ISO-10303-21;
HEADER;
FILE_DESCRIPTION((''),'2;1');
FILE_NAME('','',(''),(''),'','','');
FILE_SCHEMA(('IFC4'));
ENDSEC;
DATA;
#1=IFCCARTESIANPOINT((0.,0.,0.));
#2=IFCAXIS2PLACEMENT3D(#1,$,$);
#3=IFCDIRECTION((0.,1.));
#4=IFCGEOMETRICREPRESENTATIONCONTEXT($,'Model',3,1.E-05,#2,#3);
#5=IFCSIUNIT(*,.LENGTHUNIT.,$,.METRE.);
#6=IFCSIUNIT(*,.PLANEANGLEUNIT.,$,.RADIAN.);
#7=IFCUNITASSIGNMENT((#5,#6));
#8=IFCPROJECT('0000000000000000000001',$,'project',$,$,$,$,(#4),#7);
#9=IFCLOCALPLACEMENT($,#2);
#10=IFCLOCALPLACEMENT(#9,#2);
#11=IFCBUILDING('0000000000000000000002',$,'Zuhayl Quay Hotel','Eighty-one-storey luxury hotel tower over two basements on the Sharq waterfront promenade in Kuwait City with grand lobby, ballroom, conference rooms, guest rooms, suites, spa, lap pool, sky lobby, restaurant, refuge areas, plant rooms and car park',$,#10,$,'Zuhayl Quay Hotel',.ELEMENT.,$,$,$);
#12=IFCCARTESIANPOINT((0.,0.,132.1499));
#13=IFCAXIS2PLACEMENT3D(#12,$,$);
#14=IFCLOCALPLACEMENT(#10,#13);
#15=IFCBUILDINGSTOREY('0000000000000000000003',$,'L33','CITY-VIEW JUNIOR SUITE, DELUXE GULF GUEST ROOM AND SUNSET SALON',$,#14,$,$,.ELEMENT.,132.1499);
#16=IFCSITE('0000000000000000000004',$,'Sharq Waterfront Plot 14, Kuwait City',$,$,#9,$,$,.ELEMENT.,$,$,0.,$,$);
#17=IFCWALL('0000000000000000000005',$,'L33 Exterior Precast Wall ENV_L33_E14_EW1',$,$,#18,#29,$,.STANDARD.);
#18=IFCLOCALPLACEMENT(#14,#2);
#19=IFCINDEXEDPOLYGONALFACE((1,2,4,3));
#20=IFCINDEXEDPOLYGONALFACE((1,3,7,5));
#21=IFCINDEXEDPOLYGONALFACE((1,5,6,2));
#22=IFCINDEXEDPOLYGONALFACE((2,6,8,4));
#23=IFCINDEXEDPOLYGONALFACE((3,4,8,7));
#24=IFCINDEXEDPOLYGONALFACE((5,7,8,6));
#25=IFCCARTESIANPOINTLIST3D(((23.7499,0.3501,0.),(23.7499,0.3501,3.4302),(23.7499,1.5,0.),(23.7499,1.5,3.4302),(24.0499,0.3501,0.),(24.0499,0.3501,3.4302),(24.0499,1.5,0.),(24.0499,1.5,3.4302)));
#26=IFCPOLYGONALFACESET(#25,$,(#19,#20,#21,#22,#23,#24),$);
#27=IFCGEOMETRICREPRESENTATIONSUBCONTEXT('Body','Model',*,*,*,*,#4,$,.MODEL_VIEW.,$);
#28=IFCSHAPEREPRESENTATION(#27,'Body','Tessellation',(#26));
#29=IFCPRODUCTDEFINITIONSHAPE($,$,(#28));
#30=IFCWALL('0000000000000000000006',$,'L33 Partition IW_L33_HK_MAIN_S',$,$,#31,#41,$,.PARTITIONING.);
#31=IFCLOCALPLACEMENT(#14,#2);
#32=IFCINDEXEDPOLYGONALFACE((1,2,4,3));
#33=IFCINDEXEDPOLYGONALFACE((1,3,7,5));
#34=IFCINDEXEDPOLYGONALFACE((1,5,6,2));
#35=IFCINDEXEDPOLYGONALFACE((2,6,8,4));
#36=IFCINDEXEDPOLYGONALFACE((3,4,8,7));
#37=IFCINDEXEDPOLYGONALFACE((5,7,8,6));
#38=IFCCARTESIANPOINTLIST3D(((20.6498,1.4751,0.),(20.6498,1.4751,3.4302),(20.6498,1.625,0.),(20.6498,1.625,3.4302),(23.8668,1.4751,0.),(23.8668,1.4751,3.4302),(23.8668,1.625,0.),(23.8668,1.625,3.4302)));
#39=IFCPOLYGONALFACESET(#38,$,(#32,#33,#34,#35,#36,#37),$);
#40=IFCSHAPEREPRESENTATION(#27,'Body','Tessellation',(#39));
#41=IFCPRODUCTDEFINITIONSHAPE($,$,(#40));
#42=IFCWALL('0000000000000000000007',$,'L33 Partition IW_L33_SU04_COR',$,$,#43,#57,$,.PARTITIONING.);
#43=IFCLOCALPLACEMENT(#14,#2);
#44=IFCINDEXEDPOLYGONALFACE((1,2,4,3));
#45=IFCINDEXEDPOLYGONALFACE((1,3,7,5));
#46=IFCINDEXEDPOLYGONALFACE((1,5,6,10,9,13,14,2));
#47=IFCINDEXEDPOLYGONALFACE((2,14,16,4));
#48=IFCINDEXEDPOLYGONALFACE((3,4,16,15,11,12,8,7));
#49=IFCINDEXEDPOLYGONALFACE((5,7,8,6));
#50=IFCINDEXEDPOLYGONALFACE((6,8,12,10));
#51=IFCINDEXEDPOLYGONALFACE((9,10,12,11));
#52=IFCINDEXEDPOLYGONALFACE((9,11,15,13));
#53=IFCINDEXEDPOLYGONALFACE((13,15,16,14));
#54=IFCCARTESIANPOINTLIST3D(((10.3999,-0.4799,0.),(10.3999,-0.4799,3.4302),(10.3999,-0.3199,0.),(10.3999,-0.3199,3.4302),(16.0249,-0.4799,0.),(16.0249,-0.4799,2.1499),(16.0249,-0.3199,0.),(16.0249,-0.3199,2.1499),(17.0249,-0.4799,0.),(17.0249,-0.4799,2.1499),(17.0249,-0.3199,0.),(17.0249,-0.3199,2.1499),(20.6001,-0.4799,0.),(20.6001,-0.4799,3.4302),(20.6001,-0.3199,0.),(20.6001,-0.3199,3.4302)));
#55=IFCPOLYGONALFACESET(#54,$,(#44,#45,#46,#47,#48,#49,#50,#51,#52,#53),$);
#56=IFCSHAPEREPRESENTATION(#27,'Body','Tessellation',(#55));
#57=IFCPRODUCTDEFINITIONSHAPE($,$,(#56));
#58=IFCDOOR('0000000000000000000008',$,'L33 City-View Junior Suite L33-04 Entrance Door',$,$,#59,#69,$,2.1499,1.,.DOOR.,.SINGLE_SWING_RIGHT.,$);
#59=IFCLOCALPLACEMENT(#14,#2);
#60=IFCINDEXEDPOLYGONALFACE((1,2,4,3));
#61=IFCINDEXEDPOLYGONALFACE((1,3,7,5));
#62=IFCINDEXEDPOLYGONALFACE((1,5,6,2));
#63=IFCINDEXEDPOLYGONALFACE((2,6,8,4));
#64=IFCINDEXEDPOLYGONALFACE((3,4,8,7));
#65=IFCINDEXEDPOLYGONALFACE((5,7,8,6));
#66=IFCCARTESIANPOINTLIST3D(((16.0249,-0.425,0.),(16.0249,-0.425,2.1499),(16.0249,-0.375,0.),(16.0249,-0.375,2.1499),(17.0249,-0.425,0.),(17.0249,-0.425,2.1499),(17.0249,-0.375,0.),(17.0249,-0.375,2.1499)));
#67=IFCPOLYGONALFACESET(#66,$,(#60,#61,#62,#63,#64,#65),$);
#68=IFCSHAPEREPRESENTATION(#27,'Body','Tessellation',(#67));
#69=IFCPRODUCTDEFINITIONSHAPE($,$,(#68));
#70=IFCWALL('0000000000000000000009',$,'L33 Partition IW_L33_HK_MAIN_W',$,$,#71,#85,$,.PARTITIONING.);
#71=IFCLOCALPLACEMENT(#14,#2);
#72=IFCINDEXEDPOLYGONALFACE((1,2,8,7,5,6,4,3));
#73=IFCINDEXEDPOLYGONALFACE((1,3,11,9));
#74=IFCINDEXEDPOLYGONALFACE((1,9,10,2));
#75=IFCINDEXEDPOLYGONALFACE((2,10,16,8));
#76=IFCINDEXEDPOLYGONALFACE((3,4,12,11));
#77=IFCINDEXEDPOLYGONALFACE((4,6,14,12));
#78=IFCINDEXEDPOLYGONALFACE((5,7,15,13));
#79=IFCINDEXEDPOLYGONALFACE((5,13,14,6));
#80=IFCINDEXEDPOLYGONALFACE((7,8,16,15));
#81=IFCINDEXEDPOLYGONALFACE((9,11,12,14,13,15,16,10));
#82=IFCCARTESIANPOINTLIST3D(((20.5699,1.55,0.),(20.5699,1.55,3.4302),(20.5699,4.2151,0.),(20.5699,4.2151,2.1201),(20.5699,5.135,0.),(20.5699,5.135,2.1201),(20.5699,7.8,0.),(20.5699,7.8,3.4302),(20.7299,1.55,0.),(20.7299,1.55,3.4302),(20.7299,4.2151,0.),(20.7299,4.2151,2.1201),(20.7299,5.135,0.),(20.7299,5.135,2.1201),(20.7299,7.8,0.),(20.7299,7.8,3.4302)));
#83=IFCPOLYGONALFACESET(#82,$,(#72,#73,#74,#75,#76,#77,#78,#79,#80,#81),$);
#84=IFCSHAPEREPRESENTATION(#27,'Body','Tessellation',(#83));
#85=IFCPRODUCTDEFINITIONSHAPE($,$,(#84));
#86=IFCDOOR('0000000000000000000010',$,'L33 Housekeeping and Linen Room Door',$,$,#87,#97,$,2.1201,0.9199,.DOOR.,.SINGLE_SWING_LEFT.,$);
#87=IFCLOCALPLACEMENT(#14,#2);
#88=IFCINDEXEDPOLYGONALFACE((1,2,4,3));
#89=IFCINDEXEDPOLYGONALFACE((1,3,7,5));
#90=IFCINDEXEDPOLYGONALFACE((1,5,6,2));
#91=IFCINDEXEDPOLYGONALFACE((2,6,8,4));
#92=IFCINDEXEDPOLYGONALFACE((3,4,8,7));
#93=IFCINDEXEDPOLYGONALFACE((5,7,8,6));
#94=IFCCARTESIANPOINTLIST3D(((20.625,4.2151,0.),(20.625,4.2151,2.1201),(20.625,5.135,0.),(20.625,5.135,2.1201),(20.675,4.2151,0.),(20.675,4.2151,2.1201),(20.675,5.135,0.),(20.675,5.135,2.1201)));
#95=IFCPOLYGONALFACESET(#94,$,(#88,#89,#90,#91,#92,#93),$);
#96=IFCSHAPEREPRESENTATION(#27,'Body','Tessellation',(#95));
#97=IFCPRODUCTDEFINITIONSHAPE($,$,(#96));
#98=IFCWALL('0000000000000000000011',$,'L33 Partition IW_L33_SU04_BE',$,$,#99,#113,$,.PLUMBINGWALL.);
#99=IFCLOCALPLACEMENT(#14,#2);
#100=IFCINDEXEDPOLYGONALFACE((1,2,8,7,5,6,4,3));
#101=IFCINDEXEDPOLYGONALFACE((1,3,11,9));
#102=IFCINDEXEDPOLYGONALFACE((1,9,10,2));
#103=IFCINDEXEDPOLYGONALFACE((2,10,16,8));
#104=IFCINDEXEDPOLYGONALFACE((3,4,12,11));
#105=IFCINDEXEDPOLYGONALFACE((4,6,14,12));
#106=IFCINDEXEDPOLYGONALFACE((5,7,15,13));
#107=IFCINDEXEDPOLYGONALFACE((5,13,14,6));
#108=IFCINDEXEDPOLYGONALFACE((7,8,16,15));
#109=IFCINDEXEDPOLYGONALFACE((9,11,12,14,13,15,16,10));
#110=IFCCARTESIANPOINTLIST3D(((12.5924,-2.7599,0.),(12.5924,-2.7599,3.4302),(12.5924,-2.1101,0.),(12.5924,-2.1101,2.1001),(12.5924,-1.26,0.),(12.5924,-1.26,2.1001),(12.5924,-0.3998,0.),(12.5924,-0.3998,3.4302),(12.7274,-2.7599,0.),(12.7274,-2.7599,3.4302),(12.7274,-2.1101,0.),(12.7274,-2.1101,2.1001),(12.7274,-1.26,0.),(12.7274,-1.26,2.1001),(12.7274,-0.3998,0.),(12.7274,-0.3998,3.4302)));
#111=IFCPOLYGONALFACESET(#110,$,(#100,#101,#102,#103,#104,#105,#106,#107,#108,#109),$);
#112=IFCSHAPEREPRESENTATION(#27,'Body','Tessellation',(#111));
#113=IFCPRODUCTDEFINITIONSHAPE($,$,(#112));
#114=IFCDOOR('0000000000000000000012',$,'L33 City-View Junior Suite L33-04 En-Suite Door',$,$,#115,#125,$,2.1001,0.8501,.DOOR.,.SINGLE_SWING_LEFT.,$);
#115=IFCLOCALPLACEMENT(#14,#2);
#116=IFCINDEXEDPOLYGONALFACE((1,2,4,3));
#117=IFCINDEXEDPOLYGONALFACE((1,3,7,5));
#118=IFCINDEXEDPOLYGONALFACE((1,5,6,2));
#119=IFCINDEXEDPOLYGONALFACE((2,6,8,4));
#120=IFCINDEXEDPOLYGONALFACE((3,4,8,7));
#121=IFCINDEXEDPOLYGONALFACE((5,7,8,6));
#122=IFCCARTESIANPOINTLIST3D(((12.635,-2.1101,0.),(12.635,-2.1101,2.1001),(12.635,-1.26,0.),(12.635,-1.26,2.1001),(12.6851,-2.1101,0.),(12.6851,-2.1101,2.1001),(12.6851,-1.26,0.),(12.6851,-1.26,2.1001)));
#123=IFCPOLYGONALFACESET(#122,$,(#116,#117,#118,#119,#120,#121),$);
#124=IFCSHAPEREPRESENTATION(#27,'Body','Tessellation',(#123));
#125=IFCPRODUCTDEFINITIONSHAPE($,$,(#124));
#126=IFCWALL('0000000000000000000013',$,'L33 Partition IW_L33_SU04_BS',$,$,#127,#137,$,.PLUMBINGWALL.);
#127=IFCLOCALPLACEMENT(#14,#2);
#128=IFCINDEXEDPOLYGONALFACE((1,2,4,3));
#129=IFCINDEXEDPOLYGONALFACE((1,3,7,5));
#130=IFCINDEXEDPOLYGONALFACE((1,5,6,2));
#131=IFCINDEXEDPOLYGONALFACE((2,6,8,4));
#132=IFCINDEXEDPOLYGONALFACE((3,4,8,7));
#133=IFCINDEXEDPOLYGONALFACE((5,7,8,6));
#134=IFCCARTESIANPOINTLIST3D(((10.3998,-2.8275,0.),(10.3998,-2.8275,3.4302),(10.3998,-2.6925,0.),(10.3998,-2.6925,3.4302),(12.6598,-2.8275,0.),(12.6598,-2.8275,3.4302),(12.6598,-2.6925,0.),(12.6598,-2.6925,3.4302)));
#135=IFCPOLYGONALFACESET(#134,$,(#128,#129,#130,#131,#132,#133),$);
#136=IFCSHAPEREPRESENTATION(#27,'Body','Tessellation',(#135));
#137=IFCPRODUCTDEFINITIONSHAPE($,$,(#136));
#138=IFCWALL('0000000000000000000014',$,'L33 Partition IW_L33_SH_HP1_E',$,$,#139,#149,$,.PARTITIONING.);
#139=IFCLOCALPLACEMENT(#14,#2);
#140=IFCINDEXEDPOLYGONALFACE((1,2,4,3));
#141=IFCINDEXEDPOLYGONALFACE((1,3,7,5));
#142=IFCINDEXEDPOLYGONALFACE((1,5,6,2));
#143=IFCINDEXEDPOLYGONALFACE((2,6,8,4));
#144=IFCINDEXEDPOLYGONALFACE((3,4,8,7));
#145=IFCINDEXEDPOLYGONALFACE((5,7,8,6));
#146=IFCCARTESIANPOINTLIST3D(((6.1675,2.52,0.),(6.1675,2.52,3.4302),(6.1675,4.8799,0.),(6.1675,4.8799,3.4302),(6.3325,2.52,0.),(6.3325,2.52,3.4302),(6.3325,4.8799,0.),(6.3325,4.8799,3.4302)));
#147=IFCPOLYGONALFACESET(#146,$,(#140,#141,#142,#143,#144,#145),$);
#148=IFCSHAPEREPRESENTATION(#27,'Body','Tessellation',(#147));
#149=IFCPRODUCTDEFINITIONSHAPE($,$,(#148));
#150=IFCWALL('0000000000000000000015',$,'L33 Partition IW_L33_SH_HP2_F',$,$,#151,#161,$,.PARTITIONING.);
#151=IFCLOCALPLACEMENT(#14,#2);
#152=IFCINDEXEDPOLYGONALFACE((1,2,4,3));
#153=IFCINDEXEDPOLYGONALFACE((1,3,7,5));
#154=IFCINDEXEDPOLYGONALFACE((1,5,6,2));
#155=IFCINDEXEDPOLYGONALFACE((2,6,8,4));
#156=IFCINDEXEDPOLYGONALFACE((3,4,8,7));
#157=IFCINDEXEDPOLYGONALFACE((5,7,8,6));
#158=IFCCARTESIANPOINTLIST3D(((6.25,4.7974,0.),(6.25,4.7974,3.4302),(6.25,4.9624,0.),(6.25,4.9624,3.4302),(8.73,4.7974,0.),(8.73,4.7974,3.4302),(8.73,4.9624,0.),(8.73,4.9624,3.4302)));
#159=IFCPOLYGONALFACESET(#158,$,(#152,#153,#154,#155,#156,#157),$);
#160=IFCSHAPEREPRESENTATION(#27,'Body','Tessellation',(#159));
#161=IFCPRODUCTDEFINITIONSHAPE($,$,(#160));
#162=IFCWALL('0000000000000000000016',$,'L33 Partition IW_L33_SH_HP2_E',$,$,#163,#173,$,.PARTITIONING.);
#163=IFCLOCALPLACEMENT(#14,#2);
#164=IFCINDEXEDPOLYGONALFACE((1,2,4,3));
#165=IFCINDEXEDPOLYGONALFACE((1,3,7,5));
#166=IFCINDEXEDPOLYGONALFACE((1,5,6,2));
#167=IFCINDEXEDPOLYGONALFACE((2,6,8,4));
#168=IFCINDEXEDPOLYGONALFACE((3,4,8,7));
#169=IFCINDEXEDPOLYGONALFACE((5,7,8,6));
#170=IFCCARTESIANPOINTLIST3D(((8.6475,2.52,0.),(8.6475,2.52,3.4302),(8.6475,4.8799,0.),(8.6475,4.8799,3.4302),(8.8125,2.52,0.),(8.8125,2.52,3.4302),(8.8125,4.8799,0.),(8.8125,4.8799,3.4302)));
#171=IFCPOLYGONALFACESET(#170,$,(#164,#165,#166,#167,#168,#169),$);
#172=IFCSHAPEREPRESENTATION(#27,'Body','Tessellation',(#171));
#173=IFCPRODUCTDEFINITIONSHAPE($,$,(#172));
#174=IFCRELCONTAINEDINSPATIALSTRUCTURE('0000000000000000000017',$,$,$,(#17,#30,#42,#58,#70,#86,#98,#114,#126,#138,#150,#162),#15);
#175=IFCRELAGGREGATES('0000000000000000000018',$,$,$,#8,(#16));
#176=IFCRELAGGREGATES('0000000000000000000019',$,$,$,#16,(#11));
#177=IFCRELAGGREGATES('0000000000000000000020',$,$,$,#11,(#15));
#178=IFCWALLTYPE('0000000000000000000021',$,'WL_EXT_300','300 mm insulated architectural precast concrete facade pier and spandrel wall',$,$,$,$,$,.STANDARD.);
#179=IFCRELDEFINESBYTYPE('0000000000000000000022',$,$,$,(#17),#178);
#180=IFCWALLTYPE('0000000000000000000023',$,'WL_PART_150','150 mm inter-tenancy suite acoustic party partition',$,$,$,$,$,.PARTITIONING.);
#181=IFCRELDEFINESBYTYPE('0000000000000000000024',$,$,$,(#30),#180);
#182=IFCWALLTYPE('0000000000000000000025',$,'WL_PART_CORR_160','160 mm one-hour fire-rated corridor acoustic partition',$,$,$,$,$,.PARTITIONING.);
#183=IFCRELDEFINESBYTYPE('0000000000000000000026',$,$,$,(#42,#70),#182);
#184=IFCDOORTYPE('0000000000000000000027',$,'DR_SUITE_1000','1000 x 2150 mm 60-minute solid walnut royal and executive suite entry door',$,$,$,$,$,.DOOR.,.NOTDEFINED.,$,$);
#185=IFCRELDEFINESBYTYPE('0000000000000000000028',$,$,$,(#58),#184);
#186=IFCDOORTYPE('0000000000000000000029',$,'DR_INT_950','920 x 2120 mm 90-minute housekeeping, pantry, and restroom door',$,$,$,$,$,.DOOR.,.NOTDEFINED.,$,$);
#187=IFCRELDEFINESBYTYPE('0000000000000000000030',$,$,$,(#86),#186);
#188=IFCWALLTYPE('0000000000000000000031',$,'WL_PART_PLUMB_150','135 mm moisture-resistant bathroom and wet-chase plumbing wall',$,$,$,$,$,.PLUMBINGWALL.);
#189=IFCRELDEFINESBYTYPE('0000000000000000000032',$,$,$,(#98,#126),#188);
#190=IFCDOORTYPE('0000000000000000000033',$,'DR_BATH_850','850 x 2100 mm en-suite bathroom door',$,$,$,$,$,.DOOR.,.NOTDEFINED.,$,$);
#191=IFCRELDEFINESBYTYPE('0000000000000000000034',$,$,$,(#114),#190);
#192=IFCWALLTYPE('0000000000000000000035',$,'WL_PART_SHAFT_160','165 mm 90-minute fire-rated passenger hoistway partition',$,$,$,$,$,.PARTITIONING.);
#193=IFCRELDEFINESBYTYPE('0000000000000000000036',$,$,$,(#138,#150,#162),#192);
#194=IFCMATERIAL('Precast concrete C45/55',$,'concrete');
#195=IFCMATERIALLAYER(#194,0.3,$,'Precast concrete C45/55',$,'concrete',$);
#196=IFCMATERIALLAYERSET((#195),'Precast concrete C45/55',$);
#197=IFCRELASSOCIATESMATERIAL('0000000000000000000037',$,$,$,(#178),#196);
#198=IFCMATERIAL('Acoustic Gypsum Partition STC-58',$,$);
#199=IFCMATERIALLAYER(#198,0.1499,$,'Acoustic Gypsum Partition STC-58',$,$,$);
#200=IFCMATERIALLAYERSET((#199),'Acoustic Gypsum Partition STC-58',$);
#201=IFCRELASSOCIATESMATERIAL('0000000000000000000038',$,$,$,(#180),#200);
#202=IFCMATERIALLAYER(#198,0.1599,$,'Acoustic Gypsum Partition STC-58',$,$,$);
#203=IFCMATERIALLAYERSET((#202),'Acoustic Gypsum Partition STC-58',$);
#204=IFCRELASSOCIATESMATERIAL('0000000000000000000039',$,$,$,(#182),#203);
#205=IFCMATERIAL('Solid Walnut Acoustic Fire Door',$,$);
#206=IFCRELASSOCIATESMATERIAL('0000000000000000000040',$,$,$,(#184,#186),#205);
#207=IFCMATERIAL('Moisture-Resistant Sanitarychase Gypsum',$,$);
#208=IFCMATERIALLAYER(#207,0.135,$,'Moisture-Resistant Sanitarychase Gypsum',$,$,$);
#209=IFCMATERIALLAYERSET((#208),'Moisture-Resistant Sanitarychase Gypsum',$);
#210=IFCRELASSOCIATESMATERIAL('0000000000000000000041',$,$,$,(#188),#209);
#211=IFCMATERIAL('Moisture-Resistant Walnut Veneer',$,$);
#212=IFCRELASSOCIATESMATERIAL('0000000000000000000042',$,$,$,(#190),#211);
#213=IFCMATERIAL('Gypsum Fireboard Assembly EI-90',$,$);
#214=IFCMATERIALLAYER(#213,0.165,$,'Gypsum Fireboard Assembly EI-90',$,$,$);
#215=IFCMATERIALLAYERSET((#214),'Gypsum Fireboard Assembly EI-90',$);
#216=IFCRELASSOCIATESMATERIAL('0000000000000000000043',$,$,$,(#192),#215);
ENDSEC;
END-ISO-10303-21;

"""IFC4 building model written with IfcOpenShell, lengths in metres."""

from ifc_helpers import new_model, si_unit, direction, frame, frame_2d, origin, place, context, subcontext, project, spatial, rectangle, extrude, material, layer, layer_set, type_object, element, fill, save


model = new_model("IFC4")

# Units and contexts
model_context = context("Model", 3, precision=1e-05, world=origin(), true_north=direction((0.0, 1.0)))
body_context = subcontext(model_context, "Body", "Model", "MODEL_VIEW")
ifc_project = project(units=[si_unit("LENGTHUNIT", "METRE"), si_unit("PLANEANGLEUNIT", "RADIAN")], contexts=[model_context])

# Site, building, storey
site_placement = place(None, origin())
site = spatial("IfcSite", under=ifc_project, at=site_placement, Name="Sharq Waterfront Plot 14, Kuwait City", CompositionType="ELEMENT", RefElevation=0.0)
building_placement = place(site_placement, origin())
building = spatial("IfcBuilding", under=site, at=building_placement, Name="Zuhayl Quay Hotel", Description="Eighty-one-storey luxury hotel tower over two basements on the Sharq waterfront promenade in Kuwait City with grand lobby, ballroom, conference rooms, guest rooms, suites, spa, lap pool, sky lobby, restaurant, refuge areas, plant rooms and car park", LongName="Zuhayl Quay Hotel", CompositionType="ELEMENT")
storey_placement = place(building_placement, frame((0.0, 0.0, 132.1499)))
storey = spatial("IfcBuildingStorey", under=building, at=storey_placement, Name="L33", Description="CITY-VIEW JUNIOR SUITE, DELUXE GULF GUEST ROOM AND SUNSET SALON", CompositionType="ELEMENT", Elevation=132.1499)

# Walls
ifc_material_1 = material(Name="Precast concrete C45/55", Category="concrete")
ifc_layer_1 = layer(ifc_material_1, 0.3, Name="Precast concrete C45/55", Category="concrete")
ifc_layer_set_1 = layer_set([ifc_layer_1], Name="Precast concrete C45/55")
wall_type_1 = type_object("IfcWallType", Name="WL_EXT_300", Description="300 mm insulated architectural precast concrete facade pier and spandrel wall", PredefinedType="STANDARD", material=ifc_layer_set_1)
wall_1_placement = place(storey_placement, frame((23.8999, 1.5, 0.0), z_axis=(0.0, 0.0, 1.0), x_axis=(0.0, -1.0, 0.0)))
element("IfcWall", 1, at=wall_1_placement, inside=storey, type_object=wall_type_1, Name="L33 Exterior Precast Wall ENV_L33_E14_EW1", PredefinedType="STANDARD", context=body_context, shape_type="SweptSolid", body=[
    extrude(rectangle(XDim=1.1499, YDim=0.3, at=frame_2d((0.575, 0.0))), origin(), (0.0, 0.0, 1.0), 3.4302),
])
ifc_material_2 = material(Name="Acoustic Gypsum Partition STC-58")
ifc_layer_2 = layer(ifc_material_2, 0.1499, Name="Acoustic Gypsum Partition STC-58")
ifc_layer_set_2 = layer_set([ifc_layer_2], Name="Acoustic Gypsum Partition STC-58")
wall_type_2 = type_object("IfcWallType", Name="WL_PART_150", Description="150 mm inter-tenancy suite acoustic party partition", PredefinedType="PARTITIONING", material=ifc_layer_set_2)
wall_2_placement = place(storey_placement, frame((20.6499, 1.55, 0.0), z_axis=(0.0, 0.0, 1.0), x_axis=(1.0, 0.0, 0.0)))
element("IfcWall", 2, at=wall_2_placement, inside=storey, type_object=wall_type_2, Name="L33 Partition IW_L33_HK_MAIN_S", PredefinedType="PARTITIONING", context=body_context, shape_type="SweptSolid", body=[
    extrude(rectangle(XDim=3.217, YDim=0.1499, at=frame_2d((1.6084, 0.0))), origin(), (0.0, 0.0, 1.0), 3.4302),
])

# Walls, openings, doors
ifc_layer_3 = layer(ifc_material_2, 0.1599, Name="Acoustic Gypsum Partition STC-58")
ifc_layer_set_3 = layer_set([ifc_layer_3], Name="Acoustic Gypsum Partition STC-58")
wall_type_3 = type_object("IfcWallType", Name="WL_PART_CORR_160", Description="160 mm one-hour fire-rated corridor acoustic partition", PredefinedType="PARTITIONING", material=ifc_layer_set_3)
wall_3_placement = place(storey_placement, frame((10.3999, -0.3999, 0.0), z_axis=(0.0, 0.0, 1.0), x_axis=(1.0, 0.0, 0.0)))
wall_3 = element("IfcWall", 3, at=wall_3_placement, inside=storey, type_object=wall_type_3, Name="L33 Partition IW_L33_SU04_COR", PredefinedType="PARTITIONING", context=body_context, shape_type="SweptSolid", body=[
    extrude(rectangle(XDim=10.2002, YDim=0.1599, at=frame_2d((5.1001, 0.0))), origin(), (0.0, 0.0, 1.0), 3.4302),
])
opening_1_placement = place(wall_3_placement, frame((5.625, 0.0, 0.0)))
opening_1 = element("IfcOpeningElement", 4, at=opening_1_placement, cuts=wall_3, PredefinedType="OPENING", context=body_context, shape_type="SweptSolid", body=[
    extrude(rectangle(XDim=1.0, YDim=2.1499, at=frame_2d((0.5, 1.075))), frame((0.0, 0.0898, 0.0), z_axis=(0.0, -1.0, 0.0), x_axis=(1.0, 0.0, 0.0)), (0.0, 0.0, 1.0), 0.1799),
])
ifc_material_3 = material(Name="Solid Walnut Acoustic Fire Door")
door_type_1 = type_object("IfcDoorType", Name="DR_SUITE_1000", Description="1000 x 2150 mm 60-minute solid walnut royal and executive suite entry door", OperationType="NOTDEFINED", PredefinedType="DOOR", material=ifc_material_3)
door_1_placement = place(opening_1_placement, origin())
door_1 = element("IfcDoor", 5, at=door_1_placement, inside=storey, type_object=door_type_1, Name="L33 City-View Junior Suite L33-04 Entrance Door", OperationType="SINGLE_SWING_RIGHT", OverallHeight=2.1499, OverallWidth=1.0, PredefinedType="DOOR", context=body_context, shape_type="SweptSolid", body=[
    extrude(rectangle(XDim=1.0, YDim=2.1499, at=frame_2d((0.5, 1.075))), frame((0.0, 0.0249, 0.0), z_axis=(0.0, -1.0, 0.0), x_axis=(1.0, 0.0, 0.0)), (0.0, 0.0, 1.0), 0.05),
])
fill(opening_1, door_1)
wall_4_placement = place(storey_placement, frame((20.6499, 1.55, 0.0), z_axis=(0.0, 0.0, 1.0), x_axis=(0.0, 1.0, 0.0)))
wall_4 = element("IfcWall", 6, at=wall_4_placement, inside=storey, type_object=wall_type_3, Name="L33 Partition IW_L33_HK_MAIN_W", PredefinedType="PARTITIONING", context=body_context, shape_type="SweptSolid", body=[
    extrude(rectangle(XDim=6.25, YDim=0.1599, at=frame_2d((3.125, 0.0))), origin(), (0.0, 0.0, 1.0), 3.4302),
])
opening_2_placement = place(wall_4_placement, frame((2.665, 0.0, 0.0)))
opening_2 = element("IfcOpeningElement", 7, at=opening_2_placement, cuts=wall_4, PredefinedType="OPENING", context=body_context, shape_type="SweptSolid", body=[
    extrude(rectangle(XDim=0.9199, YDim=2.1201, at=frame_2d((0.46, 1.0601))), frame((0.0, 0.0898, 0.0), z_axis=(0.0, -1.0, 0.0), x_axis=(1.0, 0.0, 0.0)), (0.0, 0.0, 1.0), 0.1799),
])
door_type_2 = type_object("IfcDoorType", Name="DR_INT_950", Description="920 x 2120 mm 90-minute housekeeping, pantry, and restroom door", OperationType="NOTDEFINED", PredefinedType="DOOR", material=ifc_material_3)
door_2_placement = place(opening_2_placement, origin())
door_2 = element("IfcDoor", 8, at=door_2_placement, inside=storey, type_object=door_type_2, Name="L33 Housekeeping and Linen Room Door", OperationType="SINGLE_SWING_LEFT", OverallHeight=2.1201, OverallWidth=0.9199, PredefinedType="DOOR", context=body_context, shape_type="SweptSolid", body=[
    extrude(rectangle(XDim=0.9199, YDim=2.1201, at=frame_2d((0.46, 1.0601))), frame((0.0, 0.0249, 0.0), z_axis=(0.0, -1.0, 0.0), x_axis=(1.0, 0.0, 0.0)), (0.0, 0.0, 1.0), 0.05),
])
fill(opening_2, door_2)
ifc_material_4 = material(Name="Moisture-Resistant Sanitarychase Gypsum")
ifc_layer_4 = layer(ifc_material_4, 0.135, Name="Moisture-Resistant Sanitarychase Gypsum")
ifc_layer_set_4 = layer_set([ifc_layer_4], Name="Moisture-Resistant Sanitarychase Gypsum")
wall_type_4 = type_object("IfcWallType", Name="WL_PART_PLUMB_150", Description="135 mm moisture-resistant bathroom and wet-chase plumbing wall", PredefinedType="PLUMBINGWALL", material=ifc_layer_set_4)
wall_5_placement = place(storey_placement, frame((12.6599, -2.76, 0.0), z_axis=(0.0, 0.0, 1.0), x_axis=(0.0, 1.0, 0.0)))
wall_5 = element("IfcWall", 9, at=wall_5_placement, inside=storey, type_object=wall_type_4, Name="L33 Partition IW_L33_SU04_BE", PredefinedType="PLUMBINGWALL", context=body_context, shape_type="SweptSolid", body=[
    extrude(rectangle(XDim=2.3601, YDim=0.135, at=frame_2d((1.1802, 0.0))), origin(), (0.0, 0.0, 1.0), 3.4302),
])
opening_3_placement = place(wall_5_placement, frame((0.6499, 0.0, 0.0)))
opening_3 = element("IfcOpeningElement", 10, at=opening_3_placement, cuts=wall_5, PredefinedType="OPENING", context=body_context, shape_type="SweptSolid", body=[
    extrude(rectangle(XDim=0.8501, YDim=2.1001, at=frame_2d((0.425, 1.05))), frame((0.0, 0.0774, 0.0), z_axis=(0.0, -1.0, 0.0), x_axis=(1.0, 0.0, 0.0)), (0.0, 0.0, 1.0), 0.155),
])
ifc_material_5 = material(Name="Moisture-Resistant Walnut Veneer")
door_type_3 = type_object("IfcDoorType", Name="DR_BATH_850", Description="850 x 2100 mm en-suite bathroom door", OperationType="NOTDEFINED", PredefinedType="DOOR", material=ifc_material_5)
door_3_placement = place(opening_3_placement, origin())
door_3 = element("IfcDoor", 11, at=door_3_placement, inside=storey, type_object=door_type_3, Name="L33 City-View Junior Suite L33-04 En-Suite Door", OperationType="SINGLE_SWING_LEFT", OverallHeight=2.1001, OverallWidth=0.8501, PredefinedType="DOOR", context=body_context, shape_type="SweptSolid", body=[
    extrude(rectangle(XDim=0.8501, YDim=2.1001, at=frame_2d((0.425, 1.05))), frame((0.0, 0.0249, 0.0), z_axis=(0.0, -1.0, 0.0), x_axis=(1.0, 0.0, 0.0)), (0.0, 0.0, 1.0), 0.05),
])
fill(opening_3, door_3)

# Walls
wall_6_placement = place(storey_placement, frame((10.3999, -2.76, 0.0), z_axis=(0.0, 0.0, 1.0), x_axis=(1.0, 0.0, 0.0)))
element("IfcWall", 12, at=wall_6_placement, inside=storey, type_object=wall_type_4, Name="L33 Partition IW_L33_SU04_BS", PredefinedType="PLUMBINGWALL", context=body_context, shape_type="SweptSolid", body=[
    extrude(rectangle(XDim=2.26, YDim=0.135, at=frame_2d((1.1299, 0.0))), origin(), (0.0, 0.0, 1.0), 3.4302),
])
ifc_material_6 = material(Name="Gypsum Fireboard Assembly EI-90")
ifc_layer_5 = layer(ifc_material_6, 0.165, Name="Gypsum Fireboard Assembly EI-90")
ifc_layer_set_5 = layer_set([ifc_layer_5], Name="Gypsum Fireboard Assembly EI-90")
wall_type_5 = type_object("IfcWallType", Name="WL_PART_SHAFT_160", Description="165 mm 90-minute fire-rated passenger hoistway partition", PredefinedType="PARTITIONING", material=ifc_layer_set_5)
wall_7_placement = place(storey_placement, frame((6.25, 2.52, 0.0), z_axis=(0.0, 0.0, 1.0), x_axis=(0.0, 1.0, 0.0)))
element("IfcWall", 13, at=wall_7_placement, inside=storey, type_object=wall_type_5, Name="L33 Partition IW_L33_SH_HP1_E", PredefinedType="PARTITIONING", context=body_context, shape_type="SweptSolid", body=[
    extrude(rectangle(XDim=2.3599, YDim=0.165, at=frame_2d((1.1799, 0.0))), origin(), (0.0, 0.0, 1.0), 3.4302),
])
wall_8_placement = place(storey_placement, frame((6.25, 4.8799, 0.0), z_axis=(0.0, 0.0, 1.0), x_axis=(1.0, 0.0, 0.0)))
element("IfcWall", 14, at=wall_8_placement, inside=storey, type_object=wall_type_5, Name="L33 Partition IW_L33_SH_HP2_F", PredefinedType="PARTITIONING", context=body_context, shape_type="SweptSolid", body=[
    extrude(rectangle(XDim=2.48, YDim=0.165, at=frame_2d((1.24, 0.0))), origin(), (0.0, 0.0, 1.0), 3.4302),
])
wall_9_placement = place(storey_placement, frame((8.73, 2.52, 0.0), z_axis=(0.0, 0.0, 1.0), x_axis=(0.0, 1.0, 0.0)))
element("IfcWall", 15, at=wall_9_placement, inside=storey, type_object=wall_type_5, Name="L33 Partition IW_L33_SH_HP2_E", PredefinedType="PARTITIONING", context=body_context, shape_type="SweptSolid", body=[
    extrude(rectangle(XDim=2.3599, YDim=0.165, at=frame_2d((1.1799, 0.0))), origin(), (0.0, 0.0, 1.0), 3.4302),
])

save(model, "model.ifc")
